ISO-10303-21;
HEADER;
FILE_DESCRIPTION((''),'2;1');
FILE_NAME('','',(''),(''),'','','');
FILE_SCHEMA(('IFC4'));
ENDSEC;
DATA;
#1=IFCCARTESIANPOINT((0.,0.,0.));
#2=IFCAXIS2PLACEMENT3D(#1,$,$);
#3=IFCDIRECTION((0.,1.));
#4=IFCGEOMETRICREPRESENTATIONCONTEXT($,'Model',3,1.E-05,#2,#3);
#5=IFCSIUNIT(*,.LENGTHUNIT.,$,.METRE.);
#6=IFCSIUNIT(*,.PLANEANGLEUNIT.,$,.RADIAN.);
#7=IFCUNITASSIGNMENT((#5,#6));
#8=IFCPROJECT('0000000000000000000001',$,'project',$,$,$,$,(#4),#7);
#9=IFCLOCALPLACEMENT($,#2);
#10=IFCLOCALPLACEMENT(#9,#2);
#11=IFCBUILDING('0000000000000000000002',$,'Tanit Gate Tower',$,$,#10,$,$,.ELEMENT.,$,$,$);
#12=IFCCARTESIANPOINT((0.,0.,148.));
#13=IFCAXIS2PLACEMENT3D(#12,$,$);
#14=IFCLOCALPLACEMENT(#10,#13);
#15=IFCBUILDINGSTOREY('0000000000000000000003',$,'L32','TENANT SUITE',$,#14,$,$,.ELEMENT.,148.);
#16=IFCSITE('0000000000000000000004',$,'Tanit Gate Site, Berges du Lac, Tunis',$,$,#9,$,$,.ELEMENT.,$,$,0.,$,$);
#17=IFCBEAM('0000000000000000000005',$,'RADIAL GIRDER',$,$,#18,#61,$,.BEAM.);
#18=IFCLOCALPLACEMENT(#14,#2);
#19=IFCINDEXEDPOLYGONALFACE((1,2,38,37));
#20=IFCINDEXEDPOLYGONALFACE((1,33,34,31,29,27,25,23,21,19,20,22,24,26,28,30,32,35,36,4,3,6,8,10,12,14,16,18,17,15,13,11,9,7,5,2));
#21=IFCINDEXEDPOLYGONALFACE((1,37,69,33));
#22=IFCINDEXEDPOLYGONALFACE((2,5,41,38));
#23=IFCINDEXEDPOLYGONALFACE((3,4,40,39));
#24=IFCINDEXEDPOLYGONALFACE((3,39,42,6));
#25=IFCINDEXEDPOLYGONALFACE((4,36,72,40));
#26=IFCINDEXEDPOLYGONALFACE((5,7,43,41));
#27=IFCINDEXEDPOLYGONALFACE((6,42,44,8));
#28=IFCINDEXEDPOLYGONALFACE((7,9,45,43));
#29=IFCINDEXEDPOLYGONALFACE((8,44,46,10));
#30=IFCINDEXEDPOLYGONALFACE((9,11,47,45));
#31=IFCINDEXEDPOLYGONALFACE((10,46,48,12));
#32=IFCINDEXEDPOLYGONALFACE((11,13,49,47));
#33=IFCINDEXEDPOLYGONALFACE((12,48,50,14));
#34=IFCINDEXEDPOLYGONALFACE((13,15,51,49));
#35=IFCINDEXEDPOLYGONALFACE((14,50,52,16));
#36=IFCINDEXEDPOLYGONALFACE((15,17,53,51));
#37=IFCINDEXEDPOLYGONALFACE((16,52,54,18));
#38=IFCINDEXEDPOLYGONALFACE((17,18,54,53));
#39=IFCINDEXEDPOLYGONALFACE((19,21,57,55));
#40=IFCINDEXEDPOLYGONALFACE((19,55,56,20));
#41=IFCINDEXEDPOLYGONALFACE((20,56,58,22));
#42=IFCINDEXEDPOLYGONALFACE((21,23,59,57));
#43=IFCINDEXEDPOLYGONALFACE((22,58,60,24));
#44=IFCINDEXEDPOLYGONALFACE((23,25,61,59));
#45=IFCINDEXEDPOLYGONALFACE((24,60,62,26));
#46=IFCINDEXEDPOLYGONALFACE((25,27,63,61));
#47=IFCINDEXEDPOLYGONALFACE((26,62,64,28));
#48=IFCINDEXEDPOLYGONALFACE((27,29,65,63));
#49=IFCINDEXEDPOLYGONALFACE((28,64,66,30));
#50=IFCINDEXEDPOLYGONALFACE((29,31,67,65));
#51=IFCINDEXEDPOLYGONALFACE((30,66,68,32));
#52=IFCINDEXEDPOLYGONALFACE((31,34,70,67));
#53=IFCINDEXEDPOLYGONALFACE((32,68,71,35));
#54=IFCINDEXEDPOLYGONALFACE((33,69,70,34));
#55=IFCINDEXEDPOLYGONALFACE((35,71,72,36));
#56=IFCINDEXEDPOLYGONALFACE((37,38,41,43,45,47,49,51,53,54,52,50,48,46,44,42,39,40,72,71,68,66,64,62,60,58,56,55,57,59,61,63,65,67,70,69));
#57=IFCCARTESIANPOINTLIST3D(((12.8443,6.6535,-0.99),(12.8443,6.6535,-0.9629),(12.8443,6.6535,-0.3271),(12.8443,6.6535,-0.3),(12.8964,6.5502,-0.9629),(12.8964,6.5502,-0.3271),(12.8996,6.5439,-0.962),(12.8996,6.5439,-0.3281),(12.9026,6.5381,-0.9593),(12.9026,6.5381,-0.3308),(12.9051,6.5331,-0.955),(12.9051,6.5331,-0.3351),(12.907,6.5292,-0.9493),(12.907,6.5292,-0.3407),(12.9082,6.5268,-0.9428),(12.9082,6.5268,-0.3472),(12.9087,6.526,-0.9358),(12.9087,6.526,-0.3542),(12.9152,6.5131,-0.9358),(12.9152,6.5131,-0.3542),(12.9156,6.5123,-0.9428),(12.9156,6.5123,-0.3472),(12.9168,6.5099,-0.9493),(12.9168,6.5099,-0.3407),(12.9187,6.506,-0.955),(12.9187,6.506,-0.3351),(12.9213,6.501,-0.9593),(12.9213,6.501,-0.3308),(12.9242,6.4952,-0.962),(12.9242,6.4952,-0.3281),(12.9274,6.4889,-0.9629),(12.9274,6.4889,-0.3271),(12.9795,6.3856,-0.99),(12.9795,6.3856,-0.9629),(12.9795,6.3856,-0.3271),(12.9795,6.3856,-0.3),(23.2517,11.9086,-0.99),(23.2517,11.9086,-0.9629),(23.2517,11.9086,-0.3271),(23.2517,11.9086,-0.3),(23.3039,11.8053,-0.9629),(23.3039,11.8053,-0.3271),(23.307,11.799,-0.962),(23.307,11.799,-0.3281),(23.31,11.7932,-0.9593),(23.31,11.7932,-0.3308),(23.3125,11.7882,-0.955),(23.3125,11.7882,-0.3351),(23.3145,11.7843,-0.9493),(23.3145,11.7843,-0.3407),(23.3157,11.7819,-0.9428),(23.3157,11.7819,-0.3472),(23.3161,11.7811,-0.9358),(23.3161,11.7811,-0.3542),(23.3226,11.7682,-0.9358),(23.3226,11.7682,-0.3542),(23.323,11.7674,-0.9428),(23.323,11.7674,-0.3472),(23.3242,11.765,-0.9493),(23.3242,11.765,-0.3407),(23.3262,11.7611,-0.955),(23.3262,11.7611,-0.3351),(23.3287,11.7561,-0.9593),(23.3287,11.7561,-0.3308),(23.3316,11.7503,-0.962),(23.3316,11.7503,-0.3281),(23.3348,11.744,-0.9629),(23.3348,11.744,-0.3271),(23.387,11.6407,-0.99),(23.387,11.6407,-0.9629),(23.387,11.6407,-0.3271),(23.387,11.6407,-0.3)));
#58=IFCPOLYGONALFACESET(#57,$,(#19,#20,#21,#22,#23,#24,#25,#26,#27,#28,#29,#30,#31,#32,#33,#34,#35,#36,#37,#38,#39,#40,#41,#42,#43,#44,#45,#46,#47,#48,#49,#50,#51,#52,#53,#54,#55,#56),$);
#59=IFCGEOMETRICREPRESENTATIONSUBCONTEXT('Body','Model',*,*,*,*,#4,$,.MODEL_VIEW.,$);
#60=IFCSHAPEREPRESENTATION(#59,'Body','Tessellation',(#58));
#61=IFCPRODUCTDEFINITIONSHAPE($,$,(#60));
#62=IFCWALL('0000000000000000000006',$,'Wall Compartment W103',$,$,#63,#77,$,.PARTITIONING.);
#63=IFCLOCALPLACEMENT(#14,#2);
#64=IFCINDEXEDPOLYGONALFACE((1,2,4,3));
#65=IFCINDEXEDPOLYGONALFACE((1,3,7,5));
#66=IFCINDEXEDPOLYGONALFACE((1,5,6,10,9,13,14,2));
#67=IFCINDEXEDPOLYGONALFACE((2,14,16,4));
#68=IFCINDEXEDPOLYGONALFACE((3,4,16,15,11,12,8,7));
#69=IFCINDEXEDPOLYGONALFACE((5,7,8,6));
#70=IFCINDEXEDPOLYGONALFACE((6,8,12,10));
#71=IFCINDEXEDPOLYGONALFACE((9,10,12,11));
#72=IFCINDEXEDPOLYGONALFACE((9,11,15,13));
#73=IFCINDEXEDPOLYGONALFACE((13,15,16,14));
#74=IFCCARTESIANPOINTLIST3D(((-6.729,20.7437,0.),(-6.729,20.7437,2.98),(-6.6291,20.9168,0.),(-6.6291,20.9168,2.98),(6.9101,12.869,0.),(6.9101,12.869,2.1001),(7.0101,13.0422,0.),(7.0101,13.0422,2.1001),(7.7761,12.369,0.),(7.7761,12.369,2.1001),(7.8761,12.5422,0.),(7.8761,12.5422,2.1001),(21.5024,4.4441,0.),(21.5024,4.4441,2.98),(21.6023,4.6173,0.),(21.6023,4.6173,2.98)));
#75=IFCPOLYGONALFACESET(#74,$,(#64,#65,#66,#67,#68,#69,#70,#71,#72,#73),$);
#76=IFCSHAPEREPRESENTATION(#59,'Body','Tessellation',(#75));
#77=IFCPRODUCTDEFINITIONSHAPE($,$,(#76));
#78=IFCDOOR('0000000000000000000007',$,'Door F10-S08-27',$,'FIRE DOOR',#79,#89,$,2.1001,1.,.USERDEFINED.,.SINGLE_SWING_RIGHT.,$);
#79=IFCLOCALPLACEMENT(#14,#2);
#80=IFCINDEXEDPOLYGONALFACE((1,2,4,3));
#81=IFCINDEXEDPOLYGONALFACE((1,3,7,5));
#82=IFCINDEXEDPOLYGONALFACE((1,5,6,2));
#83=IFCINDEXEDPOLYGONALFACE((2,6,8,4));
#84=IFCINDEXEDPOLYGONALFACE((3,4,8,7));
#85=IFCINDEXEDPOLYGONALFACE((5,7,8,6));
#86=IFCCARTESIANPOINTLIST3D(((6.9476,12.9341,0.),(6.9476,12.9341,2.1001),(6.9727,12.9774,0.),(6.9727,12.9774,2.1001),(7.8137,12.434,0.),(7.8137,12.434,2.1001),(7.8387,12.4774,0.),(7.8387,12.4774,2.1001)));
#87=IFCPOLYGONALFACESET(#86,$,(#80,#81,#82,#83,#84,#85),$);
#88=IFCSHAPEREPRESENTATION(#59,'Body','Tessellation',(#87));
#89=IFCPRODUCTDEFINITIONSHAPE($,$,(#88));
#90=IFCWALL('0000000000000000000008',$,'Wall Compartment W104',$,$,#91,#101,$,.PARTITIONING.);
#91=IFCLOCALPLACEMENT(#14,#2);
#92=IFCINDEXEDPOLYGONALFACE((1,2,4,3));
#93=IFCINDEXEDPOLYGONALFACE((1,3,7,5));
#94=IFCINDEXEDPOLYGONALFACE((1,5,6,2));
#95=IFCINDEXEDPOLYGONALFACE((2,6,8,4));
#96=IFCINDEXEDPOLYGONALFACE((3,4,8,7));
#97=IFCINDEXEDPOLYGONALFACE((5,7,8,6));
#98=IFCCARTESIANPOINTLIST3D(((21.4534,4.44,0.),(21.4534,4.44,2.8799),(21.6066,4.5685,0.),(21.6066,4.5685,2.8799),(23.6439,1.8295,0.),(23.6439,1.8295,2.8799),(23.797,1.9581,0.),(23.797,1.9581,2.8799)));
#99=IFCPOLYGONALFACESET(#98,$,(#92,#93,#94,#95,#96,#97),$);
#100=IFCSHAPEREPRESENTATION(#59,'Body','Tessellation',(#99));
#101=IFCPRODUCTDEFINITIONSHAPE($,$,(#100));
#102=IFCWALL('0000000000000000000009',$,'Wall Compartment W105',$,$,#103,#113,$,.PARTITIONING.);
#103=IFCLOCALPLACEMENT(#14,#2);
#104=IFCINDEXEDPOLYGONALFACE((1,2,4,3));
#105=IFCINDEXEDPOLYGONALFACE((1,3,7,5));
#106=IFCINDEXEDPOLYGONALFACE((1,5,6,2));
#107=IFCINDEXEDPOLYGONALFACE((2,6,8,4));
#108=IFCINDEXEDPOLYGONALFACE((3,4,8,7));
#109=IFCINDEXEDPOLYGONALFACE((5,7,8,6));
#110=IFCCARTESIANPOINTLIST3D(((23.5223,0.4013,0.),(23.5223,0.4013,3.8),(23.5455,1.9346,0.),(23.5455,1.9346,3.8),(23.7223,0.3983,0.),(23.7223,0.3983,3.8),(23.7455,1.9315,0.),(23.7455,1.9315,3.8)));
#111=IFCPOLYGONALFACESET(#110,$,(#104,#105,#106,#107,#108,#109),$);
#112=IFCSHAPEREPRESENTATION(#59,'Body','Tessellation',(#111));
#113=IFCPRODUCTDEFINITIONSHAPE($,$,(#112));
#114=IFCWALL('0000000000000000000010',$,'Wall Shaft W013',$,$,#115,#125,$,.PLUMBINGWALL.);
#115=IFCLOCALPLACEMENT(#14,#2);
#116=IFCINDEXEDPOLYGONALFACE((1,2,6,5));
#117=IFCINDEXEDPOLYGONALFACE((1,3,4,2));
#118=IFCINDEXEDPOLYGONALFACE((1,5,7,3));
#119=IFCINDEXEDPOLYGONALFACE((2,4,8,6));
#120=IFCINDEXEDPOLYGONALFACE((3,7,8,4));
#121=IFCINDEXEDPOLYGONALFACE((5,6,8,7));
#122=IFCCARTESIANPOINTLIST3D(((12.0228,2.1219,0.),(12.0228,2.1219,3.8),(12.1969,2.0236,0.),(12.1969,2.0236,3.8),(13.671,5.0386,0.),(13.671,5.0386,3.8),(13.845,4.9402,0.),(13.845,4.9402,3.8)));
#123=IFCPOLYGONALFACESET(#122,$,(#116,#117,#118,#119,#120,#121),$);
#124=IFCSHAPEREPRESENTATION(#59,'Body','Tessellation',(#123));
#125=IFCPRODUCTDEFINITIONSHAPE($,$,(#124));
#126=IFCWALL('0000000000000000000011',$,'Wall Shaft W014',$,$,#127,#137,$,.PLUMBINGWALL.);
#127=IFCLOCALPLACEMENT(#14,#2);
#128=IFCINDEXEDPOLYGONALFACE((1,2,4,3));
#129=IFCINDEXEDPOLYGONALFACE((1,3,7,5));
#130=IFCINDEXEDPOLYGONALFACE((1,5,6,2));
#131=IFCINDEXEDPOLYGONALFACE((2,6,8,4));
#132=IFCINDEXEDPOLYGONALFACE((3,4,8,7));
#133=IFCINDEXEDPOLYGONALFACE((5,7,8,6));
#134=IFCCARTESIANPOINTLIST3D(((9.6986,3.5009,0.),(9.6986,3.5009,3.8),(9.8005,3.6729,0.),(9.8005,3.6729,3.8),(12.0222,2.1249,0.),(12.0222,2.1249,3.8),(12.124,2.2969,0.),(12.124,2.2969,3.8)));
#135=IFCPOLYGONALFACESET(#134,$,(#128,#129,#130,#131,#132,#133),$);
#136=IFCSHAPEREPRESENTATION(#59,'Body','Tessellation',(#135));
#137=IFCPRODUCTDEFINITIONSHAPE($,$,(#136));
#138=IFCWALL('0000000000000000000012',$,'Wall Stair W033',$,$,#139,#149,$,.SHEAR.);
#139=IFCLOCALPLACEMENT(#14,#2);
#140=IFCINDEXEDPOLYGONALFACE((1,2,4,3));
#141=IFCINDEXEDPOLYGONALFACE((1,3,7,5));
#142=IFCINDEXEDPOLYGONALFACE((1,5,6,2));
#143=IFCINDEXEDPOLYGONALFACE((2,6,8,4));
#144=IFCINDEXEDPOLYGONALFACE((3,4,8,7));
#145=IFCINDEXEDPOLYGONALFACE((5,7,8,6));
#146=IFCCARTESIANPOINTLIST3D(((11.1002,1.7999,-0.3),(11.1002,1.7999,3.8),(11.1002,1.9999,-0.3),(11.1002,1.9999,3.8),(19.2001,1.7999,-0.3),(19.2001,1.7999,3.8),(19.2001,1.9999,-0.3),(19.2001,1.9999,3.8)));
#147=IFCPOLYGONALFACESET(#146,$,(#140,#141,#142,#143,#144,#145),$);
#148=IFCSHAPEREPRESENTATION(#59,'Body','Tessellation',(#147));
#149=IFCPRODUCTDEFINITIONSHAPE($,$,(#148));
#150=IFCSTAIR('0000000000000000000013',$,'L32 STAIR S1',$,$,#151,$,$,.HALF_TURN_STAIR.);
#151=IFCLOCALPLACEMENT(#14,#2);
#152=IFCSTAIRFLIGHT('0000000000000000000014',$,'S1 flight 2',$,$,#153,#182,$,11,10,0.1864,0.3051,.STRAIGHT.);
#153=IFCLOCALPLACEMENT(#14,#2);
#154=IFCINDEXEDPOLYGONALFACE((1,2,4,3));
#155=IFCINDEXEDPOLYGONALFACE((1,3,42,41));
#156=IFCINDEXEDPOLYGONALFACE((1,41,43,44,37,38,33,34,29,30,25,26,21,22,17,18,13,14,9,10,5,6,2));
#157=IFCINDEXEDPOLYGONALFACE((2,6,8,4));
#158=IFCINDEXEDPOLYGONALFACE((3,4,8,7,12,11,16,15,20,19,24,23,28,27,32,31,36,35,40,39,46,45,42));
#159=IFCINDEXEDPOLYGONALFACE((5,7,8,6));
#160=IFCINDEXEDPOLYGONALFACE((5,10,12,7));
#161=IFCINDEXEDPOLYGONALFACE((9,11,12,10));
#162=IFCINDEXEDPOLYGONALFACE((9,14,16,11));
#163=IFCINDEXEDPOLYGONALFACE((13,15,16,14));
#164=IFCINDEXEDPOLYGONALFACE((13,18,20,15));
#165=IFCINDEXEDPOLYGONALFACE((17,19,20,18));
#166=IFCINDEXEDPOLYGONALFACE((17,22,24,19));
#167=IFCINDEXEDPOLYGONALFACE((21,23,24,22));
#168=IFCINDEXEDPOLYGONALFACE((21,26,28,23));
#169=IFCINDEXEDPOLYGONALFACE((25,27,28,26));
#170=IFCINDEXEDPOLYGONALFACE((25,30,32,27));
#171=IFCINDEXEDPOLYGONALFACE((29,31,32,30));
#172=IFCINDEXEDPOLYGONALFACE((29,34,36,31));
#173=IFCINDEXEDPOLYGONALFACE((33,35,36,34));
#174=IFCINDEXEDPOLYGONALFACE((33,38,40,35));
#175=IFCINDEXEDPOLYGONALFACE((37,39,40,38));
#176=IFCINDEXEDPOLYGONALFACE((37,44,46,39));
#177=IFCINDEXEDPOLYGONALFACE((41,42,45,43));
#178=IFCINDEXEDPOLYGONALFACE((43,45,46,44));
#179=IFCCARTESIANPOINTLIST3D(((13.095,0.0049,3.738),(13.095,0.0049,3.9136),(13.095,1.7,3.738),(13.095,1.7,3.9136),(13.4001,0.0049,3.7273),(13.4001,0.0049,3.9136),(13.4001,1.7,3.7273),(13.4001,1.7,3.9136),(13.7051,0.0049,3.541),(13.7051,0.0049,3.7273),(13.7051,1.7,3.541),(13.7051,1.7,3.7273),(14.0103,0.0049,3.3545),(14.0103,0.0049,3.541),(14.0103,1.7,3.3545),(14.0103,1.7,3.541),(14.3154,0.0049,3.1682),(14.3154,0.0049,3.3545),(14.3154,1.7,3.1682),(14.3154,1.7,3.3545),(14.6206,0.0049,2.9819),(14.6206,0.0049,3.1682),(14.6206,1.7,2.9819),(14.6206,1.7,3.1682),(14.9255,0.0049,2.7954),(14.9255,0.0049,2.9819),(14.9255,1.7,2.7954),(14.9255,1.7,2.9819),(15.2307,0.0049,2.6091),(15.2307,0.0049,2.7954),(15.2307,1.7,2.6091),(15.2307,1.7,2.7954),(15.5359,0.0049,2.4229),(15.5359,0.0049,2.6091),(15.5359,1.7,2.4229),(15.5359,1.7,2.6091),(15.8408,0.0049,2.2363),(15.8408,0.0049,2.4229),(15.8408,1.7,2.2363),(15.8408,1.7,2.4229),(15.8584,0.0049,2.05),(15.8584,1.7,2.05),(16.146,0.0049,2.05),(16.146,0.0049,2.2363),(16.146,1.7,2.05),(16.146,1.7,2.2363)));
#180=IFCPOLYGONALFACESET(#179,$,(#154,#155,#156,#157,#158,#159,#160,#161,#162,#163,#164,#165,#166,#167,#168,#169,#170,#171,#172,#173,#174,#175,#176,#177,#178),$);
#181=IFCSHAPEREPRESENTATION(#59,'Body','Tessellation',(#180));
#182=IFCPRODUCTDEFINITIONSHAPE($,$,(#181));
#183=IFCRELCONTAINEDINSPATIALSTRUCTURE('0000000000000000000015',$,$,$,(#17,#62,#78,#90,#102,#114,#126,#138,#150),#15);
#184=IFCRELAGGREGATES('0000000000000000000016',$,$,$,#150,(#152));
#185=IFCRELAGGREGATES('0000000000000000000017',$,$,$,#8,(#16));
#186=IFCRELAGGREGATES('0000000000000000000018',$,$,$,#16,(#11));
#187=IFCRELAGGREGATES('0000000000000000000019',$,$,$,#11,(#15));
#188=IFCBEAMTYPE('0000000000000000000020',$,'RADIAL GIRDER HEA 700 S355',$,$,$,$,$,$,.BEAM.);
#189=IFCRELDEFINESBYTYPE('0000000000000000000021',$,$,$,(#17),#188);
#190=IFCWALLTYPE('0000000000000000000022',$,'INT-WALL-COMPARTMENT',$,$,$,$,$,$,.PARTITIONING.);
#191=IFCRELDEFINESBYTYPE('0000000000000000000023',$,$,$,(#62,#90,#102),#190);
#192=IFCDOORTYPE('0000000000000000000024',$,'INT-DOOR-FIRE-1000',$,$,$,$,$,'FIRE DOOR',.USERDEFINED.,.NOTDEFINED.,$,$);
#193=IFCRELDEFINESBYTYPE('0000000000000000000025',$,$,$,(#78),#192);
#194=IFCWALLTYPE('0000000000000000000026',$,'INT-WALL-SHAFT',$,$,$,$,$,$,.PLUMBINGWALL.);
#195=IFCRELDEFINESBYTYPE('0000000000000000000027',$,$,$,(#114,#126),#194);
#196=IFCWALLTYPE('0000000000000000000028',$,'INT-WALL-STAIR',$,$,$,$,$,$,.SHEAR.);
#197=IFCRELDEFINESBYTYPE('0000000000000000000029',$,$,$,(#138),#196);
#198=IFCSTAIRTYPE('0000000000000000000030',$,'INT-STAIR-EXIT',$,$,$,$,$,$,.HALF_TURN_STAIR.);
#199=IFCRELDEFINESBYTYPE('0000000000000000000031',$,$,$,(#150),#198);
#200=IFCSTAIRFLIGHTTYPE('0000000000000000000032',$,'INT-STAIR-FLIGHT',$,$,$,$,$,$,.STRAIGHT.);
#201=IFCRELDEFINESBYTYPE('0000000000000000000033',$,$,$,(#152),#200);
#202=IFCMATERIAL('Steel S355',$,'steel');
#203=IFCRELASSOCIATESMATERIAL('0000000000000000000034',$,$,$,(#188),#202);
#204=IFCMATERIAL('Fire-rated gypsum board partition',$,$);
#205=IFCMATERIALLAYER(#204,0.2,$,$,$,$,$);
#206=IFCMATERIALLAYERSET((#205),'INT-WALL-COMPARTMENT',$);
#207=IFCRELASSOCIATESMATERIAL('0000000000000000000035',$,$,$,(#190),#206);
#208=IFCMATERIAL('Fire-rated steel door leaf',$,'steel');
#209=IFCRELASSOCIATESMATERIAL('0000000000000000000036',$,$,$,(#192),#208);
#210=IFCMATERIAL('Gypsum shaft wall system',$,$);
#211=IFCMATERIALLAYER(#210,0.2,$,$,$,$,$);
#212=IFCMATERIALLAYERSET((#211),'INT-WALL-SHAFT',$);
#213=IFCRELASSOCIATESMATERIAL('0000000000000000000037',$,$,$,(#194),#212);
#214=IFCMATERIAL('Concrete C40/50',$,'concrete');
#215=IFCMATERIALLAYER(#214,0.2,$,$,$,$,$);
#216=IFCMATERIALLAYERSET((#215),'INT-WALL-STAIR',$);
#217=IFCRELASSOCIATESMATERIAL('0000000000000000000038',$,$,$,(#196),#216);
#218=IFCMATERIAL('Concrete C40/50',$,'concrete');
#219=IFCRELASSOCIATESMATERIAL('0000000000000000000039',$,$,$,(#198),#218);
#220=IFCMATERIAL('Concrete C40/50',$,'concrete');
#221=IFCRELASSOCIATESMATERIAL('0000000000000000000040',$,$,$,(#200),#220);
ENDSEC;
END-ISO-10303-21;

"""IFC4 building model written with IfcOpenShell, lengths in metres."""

from ifc_helpers import new_model, si_unit, direction, frame, frame_2d, origin, origin_2d, place, context, subcontext, project, spatial, polyline, rectangle, i_section, outline, extrude, material, layer, layer_set, material_profile, profile_set, type_object, element, fill, aggregate, save


model = new_model("IFC4")

# Units and contexts
model_context = context("Model", 3, precision=1e-05, world=origin(), true_north=direction((0.0, 1.0)))
body_context = subcontext(model_context, "Body", "Model", "MODEL_VIEW")
ifc_project = project(units=[si_unit("LENGTHUNIT", "METRE"), si_unit("PLANEANGLEUNIT", "RADIAN")], contexts=[model_context])

# Site, building, storey
site_placement = place(None, origin())
site = spatial("IfcSite", under=ifc_project, at=site_placement, Name="Tanit Gate Site, Berges du Lac, Tunis", CompositionType="ELEMENT", RefElevation=0.0)
building_placement = place(site_placement, origin())
building = spatial("IfcBuilding", under=site, at=building_placement, Name="Tanit Gate Tower", CompositionType="ELEMENT")
storey_placement = place(building_placement, frame((0.0, 0.0, 148.0)))
storey = spatial("IfcBuildingStorey", under=building, at=storey_placement, Name="L32", Description="TENANT SUITE", CompositionType="ELEMENT", Elevation=148.0)

# Beam
ifc_material_1 = material(Name="Steel S355", Category="steel")
ifc_material_profile = material_profile(ifc_material_1, i_section(OverallWidth=0.3, OverallDepth=0.6899, WebThickness=0.0144, FlangeThickness=0.0271, FilletRadius=0.0271, at=origin_2d()), Name="HEA 700")
ifc_profile_set = profile_set([ifc_material_profile], Name="Steel S355")
beam_type = type_object("IfcBeamType", Name="RADIAL GIRDER HEA 700 S355", PredefinedType="BEAM", material=ifc_profile_set)
beam_placement = place(storey_placement, frame((23.3193, 11.7747, -0.645), z_axis=(-0.892657, -0.450736, 0.0), x_axis=(0.450736, -0.892657, 0.0)))
element("IfcBeam", 1, at=beam_placement, inside=storey, type_object=beam_type, Name="RADIAL GIRDER", PredefinedType="BEAM", context=body_context, shape_type="SweptSolid", body=[
    extrude(i_section(OverallWidth=0.3, OverallDepth=0.6899, WebThickness=0.0144, FlangeThickness=0.0271, FilletRadius=0.0271, at=origin_2d()), origin(), (0.0, 0.0, 1.0), 11.6589),
])

# Wall, opening, door
ifc_material_2 = material(Name="Fire-rated gypsum board partition")
ifc_layer_1 = layer(ifc_material_2, 0.2)
ifc_layer_set_1 = layer_set([ifc_layer_1], Name="INT-WALL-COMPARTMENT")
wall_type_1 = type_object("IfcWallType", Name="INT-WALL-COMPARTMENT", PredefinedType="PARTITIONING", material=ifc_layer_set_1)
wall_1_placement = place(storey_placement, frame((21.5522, 4.5308, 0.0), z_axis=(0.0, 0.0, 1.0), x_axis=(-0.866024, 0.500003, 0.0)))
wall_1 = element("IfcWall", 2, at=wall_1_placement, inside=storey, type_object=wall_type_1, Name="Wall Compartment W103", PredefinedType="PARTITIONING", context=body_context, shape_type="SweptSolid", body=[
    extrude(rectangle(XDim=32.5989, YDim=0.2, at=frame_2d((16.2993, 0.0))), origin(), (0.0, 0.0, 1.0), 2.98),
])
opening_1_placement = place(wall_1_placement, frame((15.8496, 0.0, 0.0)))
opening_1 = element("IfcOpeningElement", 3, at=opening_1_placement, cuts=wall_1, PredefinedType="OPENING", context=body_context, shape_type="SweptSolid", body=[
    extrude(rectangle(XDim=1.0, YDim=2.1001, at=frame_2d((0.5, 1.05))), frame((0.0, 0.1099, 0.0), z_axis=(0.0, -1.0, 0.0), x_axis=(1.0, 0.0, 0.0)), (0.0, 0.0, 1.0), 0.22),
])
ifc_material_3 = material(Name="Fire-rated steel door leaf", Category="steel")
door_type_1 = type_object("IfcDoorType", Name="INT-DOOR-FIRE-1000", ElementType="FIRE DOOR", OperationType="NOTDEFINED", PredefinedType="USERDEFINED", material=ifc_material_3)
door_1_placement = place(opening_1_placement, origin())
door_1 = element("IfcDoor", 4, at=door_1_placement, inside=storey, type_object=door_type_1, Name="Door F10-S08-27", ObjectType="FIRE DOOR", OperationType="SINGLE_SWING_RIGHT", OverallHeight=2.1001, OverallWidth=1.0, PredefinedType="USERDEFINED", context=body_context, shape_type="SweptSolid", body=[
    extrude(rectangle(XDim=1.0, YDim=2.1001, at=frame_2d((0.5, 1.05))), frame((0.0, 0.0249, 0.0), z_axis=(0.0, -1.0, 0.0), x_axis=(1.0, 0.0, 0.0)), (0.0, 0.0, 1.0), 0.05),
])
fill(opening_1, door_1)

# Walls
wall_2_placement = place(storey_placement, frame((23.7205, 1.8938, 0.0), z_axis=(0.0, 0.0, 1.0), x_axis=(-0.642802, 0.766032, 0.0)))
element("IfcWall", 5, at=wall_2_placement, inside=storey, type_object=wall_type_1, Name="Wall Compartment W104", PredefinedType="PARTITIONING", context=body_context, shape_type="SweptSolid", body=[
    extrude(rectangle(XDim=3.4077, YDim=0.2, at=frame_2d((1.7039, 0.0))), origin(), (0.0, 0.0, 1.0), 2.8799),
])
wall_3_placement = place(storey_placement, frame((23.6223, 0.3999, 0.0), z_axis=(0.0, 0.0, 1.0), x_axis=(0.015126, 0.999886, 0.0)))
element("IfcWall", 6, at=wall_3_placement, inside=storey, type_object=wall_type_1, Name="Wall Compartment W105", PredefinedType="PARTITIONING", context=body_context, shape_type="SweptSolid", body=[
    extrude(rectangle(XDim=1.5334, YDim=0.2, at=frame_2d((0.7666, 0.0))), origin(), (0.0, 0.0, 1.0), 3.8),
])
ifc_material_4 = material(Name="Gypsum shaft wall system")
ifc_layer_2 = layer(ifc_material_4, 0.2)
ifc_layer_set_2 = layer_set([ifc_layer_2], Name="INT-WALL-SHAFT")
wall_type_2 = type_object("IfcWallType", Name="INT-WALL-SHAFT", PredefinedType="PLUMBINGWALL", material=ifc_layer_set_2)
wall_4_placement = place(storey_placement, frame((12.1099, 2.0728, 0.0), z_axis=(0.0, 0.0, 1.0), x_axis=(0.491966, 0.870614, 0.0)))
element("IfcWall", 7, at=wall_4_placement, inside=storey, type_object=wall_type_2, Name="Wall Shaft W013", PredefinedType="PLUMBINGWALL", context=body_context, shape_type="SweptSolid", body=[
    extrude(rectangle(XDim=3.3501, YDim=0.2, at=frame_2d((1.675, 0.0))), origin(), (0.0, 0.0, 1.0), 3.8),
])
wall_5_placement = place(storey_placement, frame((12.073, 2.2109, 0.0), z_axis=(0.0, 0.0, 1.0), x_axis=(-0.860438, 0.509555, 0.0)))
element("IfcWall", 8, at=wall_5_placement, inside=storey, type_object=wall_type_2, Name="Wall Shaft W014", PredefinedType="PLUMBINGWALL", context=body_context, shape_type="SweptSolid", body=[
    extrude(rectangle(XDim=2.7004, YDim=0.2, at=frame_2d((1.3501, 0.0))), origin(), (0.0, 0.0, 1.0), 3.8),
])
ifc_material_5 = material(Name="Concrete C40/50", Category="concrete")
ifc_layer_3 = layer(ifc_material_5, 0.2)
ifc_layer_set_3 = layer_set([ifc_layer_3], Name="INT-WALL-STAIR")
wall_type_3 = type_object("IfcWallType", Name="INT-WALL-STAIR", PredefinedType="SHEAR", material=ifc_layer_set_3)
wall_6_placement = place(storey_placement, frame((19.2, 1.8999, -0.3), z_axis=(0.0, 0.0, 1.0), x_axis=(-1.0, 0.0, 0.0)))
element("IfcWall", 9, at=wall_6_placement, inside=storey, type_object=wall_type_3, Name="Wall Stair W033", PredefinedType="SHEAR", context=body_context, shape_type="SweptSolid", body=[
    extrude(rectangle(XDim=8.0999, YDim=0.2, at=frame_2d((4.0498, 0.0))), origin(), (0.0, 0.0, 1.0), 4.1001),
])

# Stair, stair flight
ifc_material_6 = material(Name="Concrete C40/50", Category="concrete")
stair_type = type_object("IfcStairType", Name="INT-STAIR-EXIT", PredefinedType="HALF_TURN_STAIR", material=ifc_material_6)
stair_placement = place(storey_placement, origin())
stair = element("IfcStair", 10, at=stair_placement, inside=storey, type_object=stair_type, Name="L32 STAIR S1", PredefinedType="HALF_TURN_STAIR")
ifc_material_7 = material(Name="Concrete C40/50", Category="concrete")
stair_flight_type = type_object("IfcStairFlightType", Name="INT-STAIR-FLIGHT", PredefinedType="STRAIGHT", material=ifc_material_7)
stair_flight_placement = place(storey_placement, frame((16.146, 0.8525, 2.05), z_axis=(0.0, 0.0, 1.0), x_axis=(-1.0, 0.0, 0.0)))
stair_flight = element("IfcStairFlight", 11, at=stair_flight_placement, type_object=stair_flight_type, Name="S1 flight 2", NumberOfRisers=11, NumberOfTreads=10, PredefinedType="STRAIGHT", RiserHeight=0.1864, TreadLength=0.3051, context=body_context, shape_type="SweptSolid", body=[
    extrude(outline(polyline([(0.0, 0.0), (0.0, 0.1863), (0.3052, 0.1863), (0.3052, 0.3728), (0.6101, 0.3728), (0.6101, 0.5591), (0.9153, 0.5591), (0.9153, 0.7454), (1.2205, 0.7454), (1.2205, 0.9319), (1.5254, 0.9319), (1.5254, 1.1182), (1.8306, 1.1182), (1.8306, 1.3044), (2.1357, 1.3044), (2.1357, 1.491), (2.4409, 1.491), (2.4409, 1.6772), (2.7458, 1.6772), (2.7458, 1.8635), (3.051, 1.8635), (3.051, 2.05), (3.051, 1.688), (0.2876, 0.0), (0.0, 0.0)])), frame((0.0, 0.8477, 0.0), z_axis=(0.0, -1.0, 0.0), x_axis=(1.0, 0.0, 0.0)), (0.0, 0.0, 1.0), 1.6951),
])
aggregate(stair, [stair_flight])

save(model, "model.ifc")
